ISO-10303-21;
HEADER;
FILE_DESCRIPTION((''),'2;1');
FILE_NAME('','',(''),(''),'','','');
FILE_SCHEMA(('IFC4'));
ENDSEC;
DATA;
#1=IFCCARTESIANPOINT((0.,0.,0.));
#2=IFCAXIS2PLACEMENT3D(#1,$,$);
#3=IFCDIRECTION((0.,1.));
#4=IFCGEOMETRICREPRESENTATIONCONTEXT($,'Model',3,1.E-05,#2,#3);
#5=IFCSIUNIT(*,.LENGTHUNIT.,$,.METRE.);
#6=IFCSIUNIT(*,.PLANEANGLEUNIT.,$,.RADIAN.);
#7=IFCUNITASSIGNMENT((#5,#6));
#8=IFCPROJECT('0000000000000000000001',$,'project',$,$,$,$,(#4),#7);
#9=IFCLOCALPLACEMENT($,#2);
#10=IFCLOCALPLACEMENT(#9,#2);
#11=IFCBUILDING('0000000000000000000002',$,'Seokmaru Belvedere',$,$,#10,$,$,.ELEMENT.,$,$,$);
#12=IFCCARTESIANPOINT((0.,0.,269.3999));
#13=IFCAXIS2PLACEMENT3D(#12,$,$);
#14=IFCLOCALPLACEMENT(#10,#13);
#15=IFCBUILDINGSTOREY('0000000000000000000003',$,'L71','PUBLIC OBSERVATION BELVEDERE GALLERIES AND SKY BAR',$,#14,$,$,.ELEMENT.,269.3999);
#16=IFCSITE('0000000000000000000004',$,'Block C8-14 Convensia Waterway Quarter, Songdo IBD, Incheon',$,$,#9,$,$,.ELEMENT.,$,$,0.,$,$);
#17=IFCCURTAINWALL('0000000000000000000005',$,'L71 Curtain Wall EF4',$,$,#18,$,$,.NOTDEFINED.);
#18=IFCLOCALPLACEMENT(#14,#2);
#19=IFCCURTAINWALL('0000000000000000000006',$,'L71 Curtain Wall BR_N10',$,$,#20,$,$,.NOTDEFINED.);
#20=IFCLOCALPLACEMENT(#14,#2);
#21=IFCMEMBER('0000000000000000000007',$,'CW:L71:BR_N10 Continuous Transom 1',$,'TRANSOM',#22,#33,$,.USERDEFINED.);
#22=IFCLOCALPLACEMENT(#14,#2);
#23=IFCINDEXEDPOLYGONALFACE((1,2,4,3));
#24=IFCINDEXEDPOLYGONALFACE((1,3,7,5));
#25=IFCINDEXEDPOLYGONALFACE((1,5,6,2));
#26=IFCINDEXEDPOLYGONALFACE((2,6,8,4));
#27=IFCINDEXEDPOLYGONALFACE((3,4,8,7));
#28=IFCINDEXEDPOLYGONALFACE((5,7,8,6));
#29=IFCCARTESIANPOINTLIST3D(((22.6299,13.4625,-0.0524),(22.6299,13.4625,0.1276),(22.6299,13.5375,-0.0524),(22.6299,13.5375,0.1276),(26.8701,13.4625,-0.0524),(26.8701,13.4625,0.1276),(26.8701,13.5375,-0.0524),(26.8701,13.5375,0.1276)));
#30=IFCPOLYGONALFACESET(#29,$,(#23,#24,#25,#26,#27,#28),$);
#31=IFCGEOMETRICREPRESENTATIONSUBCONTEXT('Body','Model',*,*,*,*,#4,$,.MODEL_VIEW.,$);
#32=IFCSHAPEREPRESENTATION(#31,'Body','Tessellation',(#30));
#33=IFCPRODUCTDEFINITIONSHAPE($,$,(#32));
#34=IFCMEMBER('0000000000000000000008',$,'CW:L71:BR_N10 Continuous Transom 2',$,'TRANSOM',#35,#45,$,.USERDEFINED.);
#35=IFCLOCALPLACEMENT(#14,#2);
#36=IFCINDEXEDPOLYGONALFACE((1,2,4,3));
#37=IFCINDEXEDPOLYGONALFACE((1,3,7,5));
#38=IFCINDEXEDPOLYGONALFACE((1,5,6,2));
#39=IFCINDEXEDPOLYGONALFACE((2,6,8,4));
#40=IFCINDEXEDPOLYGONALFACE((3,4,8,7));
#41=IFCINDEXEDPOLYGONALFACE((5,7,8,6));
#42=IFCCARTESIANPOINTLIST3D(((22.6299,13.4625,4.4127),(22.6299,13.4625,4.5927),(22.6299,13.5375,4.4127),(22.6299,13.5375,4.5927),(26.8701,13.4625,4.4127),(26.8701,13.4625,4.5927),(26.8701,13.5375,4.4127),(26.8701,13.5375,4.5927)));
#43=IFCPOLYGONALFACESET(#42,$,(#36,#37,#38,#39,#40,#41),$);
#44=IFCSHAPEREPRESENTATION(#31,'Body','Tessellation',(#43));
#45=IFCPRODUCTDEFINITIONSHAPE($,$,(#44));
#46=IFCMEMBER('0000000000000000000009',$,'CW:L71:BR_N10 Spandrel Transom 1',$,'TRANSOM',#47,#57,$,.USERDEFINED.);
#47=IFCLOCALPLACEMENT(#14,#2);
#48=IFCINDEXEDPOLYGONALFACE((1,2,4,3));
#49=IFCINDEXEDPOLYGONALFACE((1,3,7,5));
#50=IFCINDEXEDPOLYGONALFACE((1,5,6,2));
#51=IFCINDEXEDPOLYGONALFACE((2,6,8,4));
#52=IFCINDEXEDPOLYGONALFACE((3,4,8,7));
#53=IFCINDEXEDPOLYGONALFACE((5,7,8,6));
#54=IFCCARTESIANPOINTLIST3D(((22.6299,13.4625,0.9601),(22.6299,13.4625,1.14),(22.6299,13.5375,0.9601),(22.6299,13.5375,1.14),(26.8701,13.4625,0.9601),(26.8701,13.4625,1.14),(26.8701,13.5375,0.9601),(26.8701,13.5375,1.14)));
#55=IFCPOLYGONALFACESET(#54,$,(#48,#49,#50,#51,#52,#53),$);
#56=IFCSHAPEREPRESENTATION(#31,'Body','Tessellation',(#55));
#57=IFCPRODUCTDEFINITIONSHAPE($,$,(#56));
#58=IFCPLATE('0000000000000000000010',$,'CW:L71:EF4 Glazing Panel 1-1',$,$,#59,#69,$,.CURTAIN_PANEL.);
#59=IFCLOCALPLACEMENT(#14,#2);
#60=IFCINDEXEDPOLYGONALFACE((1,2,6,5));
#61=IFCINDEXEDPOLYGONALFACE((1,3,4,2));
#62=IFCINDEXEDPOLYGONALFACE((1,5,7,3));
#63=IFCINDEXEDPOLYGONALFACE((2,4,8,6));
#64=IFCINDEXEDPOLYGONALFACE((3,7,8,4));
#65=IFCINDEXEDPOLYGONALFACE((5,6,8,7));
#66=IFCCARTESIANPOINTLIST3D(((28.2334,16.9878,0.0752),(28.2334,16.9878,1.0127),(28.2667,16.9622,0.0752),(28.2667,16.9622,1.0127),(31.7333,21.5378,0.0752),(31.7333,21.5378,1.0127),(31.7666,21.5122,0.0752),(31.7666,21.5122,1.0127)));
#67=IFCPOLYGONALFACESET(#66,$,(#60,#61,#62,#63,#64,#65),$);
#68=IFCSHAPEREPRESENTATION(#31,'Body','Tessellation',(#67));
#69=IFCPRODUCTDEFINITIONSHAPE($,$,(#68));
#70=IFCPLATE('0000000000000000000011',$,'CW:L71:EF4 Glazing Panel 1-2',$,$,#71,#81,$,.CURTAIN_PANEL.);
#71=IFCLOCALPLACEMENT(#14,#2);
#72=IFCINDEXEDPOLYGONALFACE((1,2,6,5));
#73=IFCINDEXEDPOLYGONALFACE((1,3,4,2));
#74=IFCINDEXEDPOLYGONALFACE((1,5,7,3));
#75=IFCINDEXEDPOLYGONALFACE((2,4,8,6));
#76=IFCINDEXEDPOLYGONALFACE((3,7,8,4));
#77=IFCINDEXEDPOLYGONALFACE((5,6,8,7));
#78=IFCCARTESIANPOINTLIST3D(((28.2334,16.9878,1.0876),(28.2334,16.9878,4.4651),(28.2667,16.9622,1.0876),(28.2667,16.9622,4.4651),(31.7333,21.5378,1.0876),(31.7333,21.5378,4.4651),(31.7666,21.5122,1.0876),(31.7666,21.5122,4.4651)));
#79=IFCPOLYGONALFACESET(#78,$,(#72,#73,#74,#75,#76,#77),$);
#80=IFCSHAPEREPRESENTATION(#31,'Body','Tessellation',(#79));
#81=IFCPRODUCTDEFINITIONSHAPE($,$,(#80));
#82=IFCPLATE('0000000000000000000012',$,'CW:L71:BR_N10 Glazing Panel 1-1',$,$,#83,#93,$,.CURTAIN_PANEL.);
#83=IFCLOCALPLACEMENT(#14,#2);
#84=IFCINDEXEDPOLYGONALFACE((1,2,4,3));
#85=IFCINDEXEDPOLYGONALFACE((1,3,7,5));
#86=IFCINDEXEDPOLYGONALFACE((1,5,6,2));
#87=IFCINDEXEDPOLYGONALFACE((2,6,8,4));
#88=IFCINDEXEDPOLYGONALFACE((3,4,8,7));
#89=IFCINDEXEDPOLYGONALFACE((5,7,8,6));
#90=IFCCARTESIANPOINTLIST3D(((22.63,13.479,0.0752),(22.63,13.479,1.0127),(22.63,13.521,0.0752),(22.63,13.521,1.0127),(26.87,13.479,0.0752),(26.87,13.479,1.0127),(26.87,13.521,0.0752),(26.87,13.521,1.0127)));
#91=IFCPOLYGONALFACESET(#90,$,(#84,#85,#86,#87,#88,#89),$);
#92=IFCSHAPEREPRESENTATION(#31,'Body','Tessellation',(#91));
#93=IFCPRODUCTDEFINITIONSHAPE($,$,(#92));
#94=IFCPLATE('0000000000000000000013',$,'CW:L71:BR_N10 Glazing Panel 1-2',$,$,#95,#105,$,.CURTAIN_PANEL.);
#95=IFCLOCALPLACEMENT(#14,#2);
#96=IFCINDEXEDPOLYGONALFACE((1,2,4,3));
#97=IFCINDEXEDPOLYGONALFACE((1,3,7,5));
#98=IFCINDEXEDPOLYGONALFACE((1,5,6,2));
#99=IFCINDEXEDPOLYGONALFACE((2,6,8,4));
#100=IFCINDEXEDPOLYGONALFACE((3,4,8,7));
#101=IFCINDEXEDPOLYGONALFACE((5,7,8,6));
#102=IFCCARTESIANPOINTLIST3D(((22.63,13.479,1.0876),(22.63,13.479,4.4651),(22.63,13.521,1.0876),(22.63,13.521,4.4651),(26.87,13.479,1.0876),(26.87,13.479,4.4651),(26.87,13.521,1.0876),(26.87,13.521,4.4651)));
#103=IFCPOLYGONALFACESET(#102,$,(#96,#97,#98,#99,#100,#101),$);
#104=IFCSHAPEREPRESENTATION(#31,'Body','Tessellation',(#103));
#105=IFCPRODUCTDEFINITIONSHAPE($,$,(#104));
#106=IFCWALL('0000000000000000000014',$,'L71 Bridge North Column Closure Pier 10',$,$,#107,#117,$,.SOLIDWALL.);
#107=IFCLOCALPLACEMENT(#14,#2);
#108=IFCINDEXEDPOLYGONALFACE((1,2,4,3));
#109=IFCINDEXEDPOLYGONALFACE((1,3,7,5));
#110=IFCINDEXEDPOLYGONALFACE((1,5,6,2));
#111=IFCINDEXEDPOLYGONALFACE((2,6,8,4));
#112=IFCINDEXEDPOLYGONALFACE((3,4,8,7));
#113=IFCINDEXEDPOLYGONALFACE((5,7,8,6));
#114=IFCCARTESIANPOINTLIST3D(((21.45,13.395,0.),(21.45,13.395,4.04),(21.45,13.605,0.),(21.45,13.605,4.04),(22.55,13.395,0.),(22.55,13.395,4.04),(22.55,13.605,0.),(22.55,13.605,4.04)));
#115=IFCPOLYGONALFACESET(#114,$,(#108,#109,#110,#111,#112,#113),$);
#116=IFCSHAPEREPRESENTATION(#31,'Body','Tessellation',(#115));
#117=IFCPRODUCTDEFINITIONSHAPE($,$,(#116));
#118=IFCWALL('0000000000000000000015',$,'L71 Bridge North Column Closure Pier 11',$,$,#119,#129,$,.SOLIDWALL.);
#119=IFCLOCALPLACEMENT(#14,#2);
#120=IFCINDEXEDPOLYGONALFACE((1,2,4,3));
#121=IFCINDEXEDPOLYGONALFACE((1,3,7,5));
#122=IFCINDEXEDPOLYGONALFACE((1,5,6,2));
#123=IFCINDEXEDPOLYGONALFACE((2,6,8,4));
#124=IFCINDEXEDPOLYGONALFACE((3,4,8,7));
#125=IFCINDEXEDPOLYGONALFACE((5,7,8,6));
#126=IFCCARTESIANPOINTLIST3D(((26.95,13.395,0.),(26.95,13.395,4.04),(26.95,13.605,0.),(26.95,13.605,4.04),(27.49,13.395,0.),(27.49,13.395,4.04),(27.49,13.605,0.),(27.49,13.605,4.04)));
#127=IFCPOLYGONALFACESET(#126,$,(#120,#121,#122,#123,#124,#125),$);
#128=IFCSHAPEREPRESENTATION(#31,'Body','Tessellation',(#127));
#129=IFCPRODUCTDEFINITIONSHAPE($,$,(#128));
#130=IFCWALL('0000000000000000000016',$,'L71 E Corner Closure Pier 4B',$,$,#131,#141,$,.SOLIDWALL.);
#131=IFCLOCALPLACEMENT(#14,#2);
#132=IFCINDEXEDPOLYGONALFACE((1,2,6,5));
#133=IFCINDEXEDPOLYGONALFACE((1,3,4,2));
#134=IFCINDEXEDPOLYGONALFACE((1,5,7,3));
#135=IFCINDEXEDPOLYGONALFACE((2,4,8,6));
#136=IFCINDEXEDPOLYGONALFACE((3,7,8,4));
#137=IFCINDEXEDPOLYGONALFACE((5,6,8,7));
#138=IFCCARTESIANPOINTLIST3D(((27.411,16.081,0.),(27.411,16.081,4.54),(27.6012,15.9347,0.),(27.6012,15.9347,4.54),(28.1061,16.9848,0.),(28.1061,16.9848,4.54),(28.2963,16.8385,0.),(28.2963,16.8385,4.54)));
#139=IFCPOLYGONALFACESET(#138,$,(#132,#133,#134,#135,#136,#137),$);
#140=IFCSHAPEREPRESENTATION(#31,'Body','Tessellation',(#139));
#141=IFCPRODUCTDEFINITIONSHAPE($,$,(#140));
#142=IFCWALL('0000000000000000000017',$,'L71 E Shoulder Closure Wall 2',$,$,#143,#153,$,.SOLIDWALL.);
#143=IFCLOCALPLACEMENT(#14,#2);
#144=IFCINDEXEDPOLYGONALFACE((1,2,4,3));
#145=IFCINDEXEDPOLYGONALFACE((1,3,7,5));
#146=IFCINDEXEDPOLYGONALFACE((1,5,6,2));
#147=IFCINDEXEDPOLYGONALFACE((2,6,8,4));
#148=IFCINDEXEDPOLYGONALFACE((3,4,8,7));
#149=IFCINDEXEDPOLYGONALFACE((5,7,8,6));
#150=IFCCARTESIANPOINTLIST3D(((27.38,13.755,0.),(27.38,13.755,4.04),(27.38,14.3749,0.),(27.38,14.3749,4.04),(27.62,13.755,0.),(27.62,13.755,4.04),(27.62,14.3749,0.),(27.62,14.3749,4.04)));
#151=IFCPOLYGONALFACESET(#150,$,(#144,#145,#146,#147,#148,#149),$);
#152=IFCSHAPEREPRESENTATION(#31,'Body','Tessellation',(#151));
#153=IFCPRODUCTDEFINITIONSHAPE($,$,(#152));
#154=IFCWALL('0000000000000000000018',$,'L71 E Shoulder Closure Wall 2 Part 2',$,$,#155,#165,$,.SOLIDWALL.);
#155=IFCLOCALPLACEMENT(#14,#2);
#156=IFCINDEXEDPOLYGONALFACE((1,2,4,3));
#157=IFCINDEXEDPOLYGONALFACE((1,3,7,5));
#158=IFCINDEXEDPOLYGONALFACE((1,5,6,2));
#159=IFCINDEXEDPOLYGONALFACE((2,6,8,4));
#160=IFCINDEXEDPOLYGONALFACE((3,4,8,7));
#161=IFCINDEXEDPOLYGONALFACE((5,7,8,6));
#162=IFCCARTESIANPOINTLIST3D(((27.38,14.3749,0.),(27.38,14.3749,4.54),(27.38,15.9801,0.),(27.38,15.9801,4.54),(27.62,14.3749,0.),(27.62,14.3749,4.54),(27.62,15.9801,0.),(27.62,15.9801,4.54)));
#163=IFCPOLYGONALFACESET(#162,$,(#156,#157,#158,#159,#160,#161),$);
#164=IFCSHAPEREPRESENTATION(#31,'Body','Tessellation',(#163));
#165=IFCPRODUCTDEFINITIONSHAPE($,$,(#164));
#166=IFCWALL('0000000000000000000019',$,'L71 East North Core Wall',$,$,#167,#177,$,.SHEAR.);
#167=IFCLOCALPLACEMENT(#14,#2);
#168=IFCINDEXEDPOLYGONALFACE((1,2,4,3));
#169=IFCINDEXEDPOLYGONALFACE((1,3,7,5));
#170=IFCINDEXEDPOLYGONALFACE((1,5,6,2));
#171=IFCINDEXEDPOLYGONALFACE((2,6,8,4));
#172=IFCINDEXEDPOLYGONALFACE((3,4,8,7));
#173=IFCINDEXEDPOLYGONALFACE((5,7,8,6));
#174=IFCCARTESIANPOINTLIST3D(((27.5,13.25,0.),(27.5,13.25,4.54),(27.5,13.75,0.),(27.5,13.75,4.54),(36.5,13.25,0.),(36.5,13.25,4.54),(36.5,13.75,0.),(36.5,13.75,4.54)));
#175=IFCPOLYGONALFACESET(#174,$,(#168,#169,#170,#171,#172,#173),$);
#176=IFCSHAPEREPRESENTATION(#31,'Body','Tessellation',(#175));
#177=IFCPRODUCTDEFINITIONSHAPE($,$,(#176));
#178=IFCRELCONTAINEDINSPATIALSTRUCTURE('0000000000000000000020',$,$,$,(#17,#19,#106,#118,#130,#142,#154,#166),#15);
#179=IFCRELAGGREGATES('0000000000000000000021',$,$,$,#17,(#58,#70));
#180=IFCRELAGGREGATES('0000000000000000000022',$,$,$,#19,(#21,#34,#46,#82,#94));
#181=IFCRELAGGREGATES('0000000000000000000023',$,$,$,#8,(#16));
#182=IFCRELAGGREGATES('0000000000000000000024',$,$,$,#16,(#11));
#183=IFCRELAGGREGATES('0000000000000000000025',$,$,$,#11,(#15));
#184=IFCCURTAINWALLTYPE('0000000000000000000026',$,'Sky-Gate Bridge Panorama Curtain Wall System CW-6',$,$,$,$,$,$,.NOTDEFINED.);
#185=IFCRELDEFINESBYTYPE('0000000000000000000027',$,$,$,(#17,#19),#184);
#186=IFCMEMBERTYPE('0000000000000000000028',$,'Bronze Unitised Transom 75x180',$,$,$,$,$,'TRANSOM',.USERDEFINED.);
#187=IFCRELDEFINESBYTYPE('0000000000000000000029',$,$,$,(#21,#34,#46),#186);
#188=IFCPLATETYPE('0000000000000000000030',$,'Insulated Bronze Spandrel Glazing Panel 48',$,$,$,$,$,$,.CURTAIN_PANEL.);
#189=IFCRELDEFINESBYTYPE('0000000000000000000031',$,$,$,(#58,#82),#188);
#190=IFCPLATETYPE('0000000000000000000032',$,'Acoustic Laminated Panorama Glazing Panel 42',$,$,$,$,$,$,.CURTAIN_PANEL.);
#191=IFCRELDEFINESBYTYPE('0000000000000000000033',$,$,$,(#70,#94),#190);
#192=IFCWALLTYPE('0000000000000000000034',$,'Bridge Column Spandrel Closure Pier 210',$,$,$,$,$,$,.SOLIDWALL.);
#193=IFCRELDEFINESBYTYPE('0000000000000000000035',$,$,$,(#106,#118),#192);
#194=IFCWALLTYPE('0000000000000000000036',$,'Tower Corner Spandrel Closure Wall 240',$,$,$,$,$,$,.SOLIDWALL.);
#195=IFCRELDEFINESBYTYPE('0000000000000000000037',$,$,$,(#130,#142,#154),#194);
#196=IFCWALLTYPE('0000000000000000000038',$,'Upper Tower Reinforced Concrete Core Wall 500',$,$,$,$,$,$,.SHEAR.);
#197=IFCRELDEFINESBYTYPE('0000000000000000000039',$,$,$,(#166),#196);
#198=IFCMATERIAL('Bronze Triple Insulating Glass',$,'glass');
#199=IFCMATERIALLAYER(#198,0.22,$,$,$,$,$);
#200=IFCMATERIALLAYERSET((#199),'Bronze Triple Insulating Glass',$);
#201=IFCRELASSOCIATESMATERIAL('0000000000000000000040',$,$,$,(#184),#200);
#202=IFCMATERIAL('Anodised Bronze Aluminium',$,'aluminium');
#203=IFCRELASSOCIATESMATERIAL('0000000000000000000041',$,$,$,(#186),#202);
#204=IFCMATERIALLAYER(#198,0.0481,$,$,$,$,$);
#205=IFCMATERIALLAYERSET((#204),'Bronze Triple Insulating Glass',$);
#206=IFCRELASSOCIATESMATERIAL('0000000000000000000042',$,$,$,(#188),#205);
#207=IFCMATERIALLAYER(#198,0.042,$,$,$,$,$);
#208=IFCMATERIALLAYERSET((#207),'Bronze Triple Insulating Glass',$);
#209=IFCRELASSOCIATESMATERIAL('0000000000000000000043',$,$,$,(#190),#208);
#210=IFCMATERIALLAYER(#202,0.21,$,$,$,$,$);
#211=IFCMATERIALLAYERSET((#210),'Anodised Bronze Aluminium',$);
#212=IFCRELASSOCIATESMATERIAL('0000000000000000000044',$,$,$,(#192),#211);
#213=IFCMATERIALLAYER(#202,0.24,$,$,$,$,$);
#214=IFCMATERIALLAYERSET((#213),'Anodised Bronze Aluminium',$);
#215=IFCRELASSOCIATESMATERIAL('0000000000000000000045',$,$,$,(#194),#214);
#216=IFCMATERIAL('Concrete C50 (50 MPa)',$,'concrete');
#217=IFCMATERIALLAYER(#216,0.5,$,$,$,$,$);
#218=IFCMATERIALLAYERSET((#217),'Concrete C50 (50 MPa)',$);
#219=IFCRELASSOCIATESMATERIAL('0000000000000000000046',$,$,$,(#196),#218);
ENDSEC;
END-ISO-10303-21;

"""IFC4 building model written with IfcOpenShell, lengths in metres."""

from ifc_helpers import new_model, si_unit, direction, frame, frame_2d, origin, origin_2d, place, context, subcontext, project, spatial, rectangle, extrude, source, transform, mapped, material, layer, layer_set, material_profile, profile_set, type_object, type_shapes, element, aggregate, save


model = new_model("IFC4")

# Units and contexts
model_context = context("Model", 3, precision=1e-05, world=origin(), true_north=direction((0.0, 1.0)))
body_context = subcontext(model_context, "Body", "Model", "MODEL_VIEW")
ifc_project = project(units=[si_unit("LENGTHUNIT", "METRE"), si_unit("PLANEANGLEUNIT", "RADIAN")], contexts=[model_context])

# Site, building, storey
site_placement = place(None, origin())
site = spatial("IfcSite", under=ifc_project, at=site_placement, Name="Block C8-14 Convensia Waterway Quarter, Songdo IBD, Incheon", CompositionType="ELEMENT", RefElevation=0.0)
building_placement = place(site_placement, origin())
building = spatial("IfcBuilding", under=site, at=building_placement, Name="Seokmaru Belvedere", CompositionType="ELEMENT")
storey_placement = place(building_placement, frame((0.0, 0.0, 269.3999)))
storey = spatial("IfcBuildingStorey", under=building, at=storey_placement, Name="L71", Description="PUBLIC OBSERVATION BELVEDERE GALLERIES AND SKY BAR", CompositionType="ELEMENT", Elevation=269.3999)

# Curtain wall
ifc_material_1 = material(Name="Bronze Triple Insulating Glass", Category="glass")
ifc_layer_1 = layer(ifc_material_1, 0.22)
ifc_layer_set_1 = layer_set([ifc_layer_1], Name="Bronze Triple Insulating Glass")
curtain_wall_type = type_object("IfcCurtainWallType", Name="Sky-Gate Bridge Panorama Curtain Wall System CW-6", PredefinedType="NOTDEFINED", material=ifc_layer_set_1)
curtain_wall_1_placement = place(storey_placement, origin())
curtain_wall_1 = element("IfcCurtainWall", 1, at=curtain_wall_1_placement, inside=storey, type_object=curtain_wall_type, Name="L71 Curtain Wall EF4", PredefinedType="NOTDEFINED")
ifc_material_2 = material(Name="Anodised Bronze Aluminium", Category="aluminium")

# Curtain wall, members
curtain_wall_2_placement = place(storey_placement, origin())
curtain_wall_2 = element("IfcCurtainWall", 2, at=curtain_wall_2_placement, inside=storey, type_object=curtain_wall_type, Name="L71 Curtain Wall BR_N10", PredefinedType="NOTDEFINED")
ifc_material_profile_1 = material_profile(ifc_material_2, rectangle(XDim=0.075, YDim=0.1799, at=origin_2d()), Name="CW-T-75x180")
ifc_profile_set_1 = profile_set([ifc_material_profile_1], Name="Anodised Bronze Aluminium")
member_type_1 = type_object("IfcMemberType", Name="Bronze Unitised Transom 75x180", ElementType="TRANSOM", PredefinedType="USERDEFINED", material=ifc_profile_set_1)
shared_shape_1 = source(origin(), body_context, "Body", "SweptSolid", [
    extrude(rectangle(XDim=0.075, YDim=0.1799, at=origin_2d()), origin(), (0.0, 0.0, 1.0), 4.2402),
])
type_shapes(member_type_1, [shared_shape_1])
member_1_placement = place(storey_placement, frame((26.8701, 13.5, 0.0376), z_axis=(-1.0, 0.0, 0.0), x_axis=(0.0, -1.0, 0.0)))
member_1 = element("IfcMember", 3, at=member_1_placement, type_object=member_type_1, Name="CW:L71:BR_N10 Continuous Transom 1", ObjectType="TRANSOM", PredefinedType="USERDEFINED", context=body_context, shape_type="MappedRepresentation", body=[
    mapped(shared_shape_1, transform((0.0, 0.0, 0.0), scale=1.0)),
])
member_2_placement = place(storey_placement, frame((26.8701, 13.5, 4.5027), z_axis=(-1.0, 0.0, 0.0), x_axis=(0.0, -1.0, 0.0)))
member_2 = element("IfcMember", 4, at=member_2_placement, type_object=member_type_1, Name="CW:L71:BR_N10 Continuous Transom 2", ObjectType="TRANSOM", PredefinedType="USERDEFINED", context=body_context, shape_type="MappedRepresentation", body=[
    mapped(shared_shape_1, transform((0.0, 0.0, 0.0), scale=1.0)),
])
member_3_placement = place(storey_placement, frame((26.8701, 13.5, 1.05), z_axis=(-1.0, 0.0, 0.0), x_axis=(0.0, -1.0, 0.0)))
member_3 = element("IfcMember", 5, at=member_3_placement, type_object=member_type_1, Name="CW:L71:BR_N10 Spandrel Transom 1", ObjectType="TRANSOM", PredefinedType="USERDEFINED", context=body_context, shape_type="MappedRepresentation", body=[
    mapped(shared_shape_1, transform((0.0, 0.0, 0.0), scale=1.0)),
])

# Plates
ifc_layer_2 = layer(ifc_material_1, 0.0481)
ifc_layer_set_2 = layer_set([ifc_layer_2], Name="Bronze Triple Insulating Glass")
plate_type_1 = type_object("IfcPlateType", Name="Insulated Bronze Spandrel Glazing Panel 48", PredefinedType="CURTAIN_PANEL", material=ifc_layer_set_2)
shared_shape_2 = source(origin(), body_context, "Body", "SweptSolid", [
    extrude(rectangle(XDim=5.7405, YDim=0.042, at=origin_2d()), origin(), (0.0, 0.0, 1.0), 0.9375),
])
plate_1_placement = place(storey_placement, frame((30.0, 19.25, 0.0752), z_axis=(0.0, 0.0, 1.0), x_axis=(-0.609701, -0.792631, 0.0)))
plate_1 = element("IfcPlate", 6, at=plate_1_placement, type_object=plate_type_1, Name="CW:L71:EF4 Glazing Panel 1-1", PredefinedType="CURTAIN_PANEL", context=body_context, shape_type="MappedRepresentation", body=[
    mapped(shared_shape_2, transform((0.0, 0.0, 0.0), scale=1.0)),
])
ifc_layer_3 = layer(ifc_material_1, 0.042)
ifc_layer_set_3 = layer_set([ifc_layer_3], Name="Bronze Triple Insulating Glass")
plate_type_2 = type_object("IfcPlateType", Name="Acoustic Laminated Panorama Glazing Panel 42", PredefinedType="CURTAIN_PANEL", material=ifc_layer_set_3)
shared_shape_3 = source(origin(), body_context, "Body", "SweptSolid", [
    extrude(rectangle(XDim=5.7405, YDim=0.042, at=origin_2d()), origin(), (0.0, 0.0, 1.0), 3.3774),
])
plate_2_placement = place(storey_placement, frame((30.0, 19.25, 1.0876), z_axis=(0.0, 0.0, 1.0), x_axis=(-0.609701, -0.792631, 0.0)))
plate_2 = element("IfcPlate", 7, at=plate_2_placement, type_object=plate_type_2, Name="CW:L71:EF4 Glazing Panel 1-2", PredefinedType="CURTAIN_PANEL", context=body_context, shape_type="MappedRepresentation", body=[
    mapped(shared_shape_3, transform((0.0, 0.0, 0.0), scale=1.0)),
])
aggregate(curtain_wall_1, [plate_1, plate_2])
shared_shape_4 = source(origin(), body_context, "Body", "SweptSolid", [
    extrude(rectangle(XDim=4.24, YDim=0.042, at=origin_2d()), origin(), (0.0, 0.0, 1.0), 0.9375),
])
type_shapes(plate_type_1, [shared_shape_2, shared_shape_4])
plate_3_placement = place(storey_placement, frame((24.75, 13.5, 0.0752), z_axis=(0.0, 0.0, 1.0), x_axis=(-1.0, 0.0, 0.0)))
plate_3 = element("IfcPlate", 8, at=plate_3_placement, type_object=plate_type_1, Name="CW:L71:BR_N10 Glazing Panel 1-1", PredefinedType="CURTAIN_PANEL", context=body_context, shape_type="MappedRepresentation", body=[
    mapped(shared_shape_4, transform((0.0, 0.0, 0.0), scale=1.0)),
])
shared_shape_5 = source(origin(), body_context, "Body", "SweptSolid", [
    extrude(rectangle(XDim=4.24, YDim=0.042, at=origin_2d()), origin(), (0.0, 0.0, 1.0), 3.3774),
])
type_shapes(plate_type_2, [shared_shape_3, shared_shape_5])
plate_4_placement = place(storey_placement, frame((24.75, 13.5, 1.0876), z_axis=(0.0, 0.0, 1.0), x_axis=(-1.0, 0.0, 0.0)))
plate_4 = element("IfcPlate", 9, at=plate_4_placement, type_object=plate_type_2, Name="CW:L71:BR_N10 Glazing Panel 1-2", PredefinedType="CURTAIN_PANEL", context=body_context, shape_type="MappedRepresentation", body=[
    mapped(shared_shape_5, transform((0.0, 0.0, 0.0), scale=1.0)),
])
aggregate(curtain_wall_2, [member_1, member_2, member_3, plate_3, plate_4])

# Walls
ifc_layer_4 = layer(ifc_material_2, 0.21)
ifc_layer_set_4 = layer_set([ifc_layer_4], Name="Anodised Bronze Aluminium")
wall_type_1 = type_object("IfcWallType", Name="Bridge Column Spandrel Closure Pier 210", PredefinedType="SOLIDWALL", material=ifc_layer_set_4)
wall_1_placement = place(storey_placement, frame((21.45, 13.5, 0.0), z_axis=(0.0, 0.0, 1.0), x_axis=(1.0, 0.0, 0.0)))
element("IfcWall", 10, at=wall_1_placement, inside=storey, type_object=wall_type_1, Name="L71 Bridge North Column Closure Pier 10", PredefinedType="SOLIDWALL", context=body_context, shape_type="SweptSolid", body=[
    extrude(rectangle(XDim=1.1001, YDim=0.21, at=frame_2d((0.55, 0.0))), origin(), (0.0, 0.0, 1.0), 4.04),
])
wall_2_placement = place(storey_placement, frame((26.95, 13.5, 0.0), z_axis=(0.0, 0.0, 1.0), x_axis=(1.0, 0.0, 0.0)))
element("IfcWall", 11, at=wall_2_placement, inside=storey, type_object=wall_type_1, Name="L71 Bridge North Column Closure Pier 11", PredefinedType="SOLIDWALL", context=body_context, shape_type="SweptSolid", body=[
    extrude(rectangle(XDim=0.54, YDim=0.21, at=frame_2d((0.27, 0.0))), origin(), (0.0, 0.0, 1.0), 4.04),
])
ifc_layer_5 = layer(ifc_material_2, 0.24)
ifc_layer_set_5 = layer_set([ifc_layer_5], Name="Anodised Bronze Aluminium")
wall_type_2 = type_object("IfcWallType", Name="Tower Corner Spandrel Closure Wall 240", PredefinedType="SOLIDWALL", material=ifc_layer_set_5)
wall_3_placement = place(storey_placement, frame((28.2012, 16.9116, 0.0), z_axis=(0.0, 0.0, 1.0), x_axis=(-0.609618, -0.792696, 0.0)))
element("IfcWall", 12, at=wall_3_placement, inside=storey, type_object=wall_type_2, Name="L71 E Corner Closure Pier 4B", PredefinedType="SOLIDWALL", context=body_context, shape_type="SweptSolid", body=[
    extrude(rectangle(XDim=1.1401, YDim=0.24, at=frame_2d((0.5701, 0.0))), origin(), (0.0, 0.0, 1.0), 4.54),
])
wall_4_placement = place(storey_placement, frame((27.5, 13.7549, 0.0), z_axis=(0.0, 0.0, 1.0), x_axis=(0.0, 1.0, 0.0)))
element("IfcWall", 13, at=wall_4_placement, inside=storey, type_object=wall_type_2, Name="L71 E Shoulder Closure Wall 2", PredefinedType="SOLIDWALL", context=body_context, shape_type="SweptSolid", body=[
    extrude(rectangle(XDim=0.6199, YDim=0.24, at=frame_2d((0.3101, 0.0))), origin(), (0.0, 0.0, 1.0), 4.04),
])
wall_5_placement = place(storey_placement, frame((27.5, 14.3748, 0.0), z_axis=(0.0, 0.0, 1.0), x_axis=(0.0, 1.0, 0.0)))
element("IfcWall", 14, at=wall_5_placement, inside=storey, type_object=wall_type_2, Name="L71 E Shoulder Closure Wall 2 Part 2", PredefinedType="SOLIDWALL", context=body_context, shape_type="SweptSolid", body=[
    extrude(rectangle(XDim=1.6052, YDim=0.24, at=frame_2d((0.8027, 0.0))), origin(), (0.0, 0.0, 1.0), 4.54),
])
ifc_material_3 = material(Name="Concrete C50 (50 MPa)", Category="concrete")
ifc_layer_6 = layer(ifc_material_3, 0.5)
ifc_layer_set_6 = layer_set([ifc_layer_6], Name="Concrete C50 (50 MPa)")
wall_type_3 = type_object("IfcWallType", Name="Upper Tower Reinforced Concrete Core Wall 500", PredefinedType="SHEAR", material=ifc_layer_set_6)
wall_6_placement = place(storey_placement, frame((27.5, 13.5, 0.0), z_axis=(0.0, 0.0, 1.0), x_axis=(1.0, 0.0, 0.0)))
element("IfcWall", 15, at=wall_6_placement, inside=storey, type_object=wall_type_3, Name="L71 East North Core Wall", PredefinedType="SHEAR", context=body_context, shape_type="SweptSolid", body=[
    extrude(rectangle(XDim=9.0, YDim=0.5, at=frame_2d((4.5, 0.0))), origin(), (0.0, 0.0, 1.0), 4.54),
])

save(model, "model.ifc")
